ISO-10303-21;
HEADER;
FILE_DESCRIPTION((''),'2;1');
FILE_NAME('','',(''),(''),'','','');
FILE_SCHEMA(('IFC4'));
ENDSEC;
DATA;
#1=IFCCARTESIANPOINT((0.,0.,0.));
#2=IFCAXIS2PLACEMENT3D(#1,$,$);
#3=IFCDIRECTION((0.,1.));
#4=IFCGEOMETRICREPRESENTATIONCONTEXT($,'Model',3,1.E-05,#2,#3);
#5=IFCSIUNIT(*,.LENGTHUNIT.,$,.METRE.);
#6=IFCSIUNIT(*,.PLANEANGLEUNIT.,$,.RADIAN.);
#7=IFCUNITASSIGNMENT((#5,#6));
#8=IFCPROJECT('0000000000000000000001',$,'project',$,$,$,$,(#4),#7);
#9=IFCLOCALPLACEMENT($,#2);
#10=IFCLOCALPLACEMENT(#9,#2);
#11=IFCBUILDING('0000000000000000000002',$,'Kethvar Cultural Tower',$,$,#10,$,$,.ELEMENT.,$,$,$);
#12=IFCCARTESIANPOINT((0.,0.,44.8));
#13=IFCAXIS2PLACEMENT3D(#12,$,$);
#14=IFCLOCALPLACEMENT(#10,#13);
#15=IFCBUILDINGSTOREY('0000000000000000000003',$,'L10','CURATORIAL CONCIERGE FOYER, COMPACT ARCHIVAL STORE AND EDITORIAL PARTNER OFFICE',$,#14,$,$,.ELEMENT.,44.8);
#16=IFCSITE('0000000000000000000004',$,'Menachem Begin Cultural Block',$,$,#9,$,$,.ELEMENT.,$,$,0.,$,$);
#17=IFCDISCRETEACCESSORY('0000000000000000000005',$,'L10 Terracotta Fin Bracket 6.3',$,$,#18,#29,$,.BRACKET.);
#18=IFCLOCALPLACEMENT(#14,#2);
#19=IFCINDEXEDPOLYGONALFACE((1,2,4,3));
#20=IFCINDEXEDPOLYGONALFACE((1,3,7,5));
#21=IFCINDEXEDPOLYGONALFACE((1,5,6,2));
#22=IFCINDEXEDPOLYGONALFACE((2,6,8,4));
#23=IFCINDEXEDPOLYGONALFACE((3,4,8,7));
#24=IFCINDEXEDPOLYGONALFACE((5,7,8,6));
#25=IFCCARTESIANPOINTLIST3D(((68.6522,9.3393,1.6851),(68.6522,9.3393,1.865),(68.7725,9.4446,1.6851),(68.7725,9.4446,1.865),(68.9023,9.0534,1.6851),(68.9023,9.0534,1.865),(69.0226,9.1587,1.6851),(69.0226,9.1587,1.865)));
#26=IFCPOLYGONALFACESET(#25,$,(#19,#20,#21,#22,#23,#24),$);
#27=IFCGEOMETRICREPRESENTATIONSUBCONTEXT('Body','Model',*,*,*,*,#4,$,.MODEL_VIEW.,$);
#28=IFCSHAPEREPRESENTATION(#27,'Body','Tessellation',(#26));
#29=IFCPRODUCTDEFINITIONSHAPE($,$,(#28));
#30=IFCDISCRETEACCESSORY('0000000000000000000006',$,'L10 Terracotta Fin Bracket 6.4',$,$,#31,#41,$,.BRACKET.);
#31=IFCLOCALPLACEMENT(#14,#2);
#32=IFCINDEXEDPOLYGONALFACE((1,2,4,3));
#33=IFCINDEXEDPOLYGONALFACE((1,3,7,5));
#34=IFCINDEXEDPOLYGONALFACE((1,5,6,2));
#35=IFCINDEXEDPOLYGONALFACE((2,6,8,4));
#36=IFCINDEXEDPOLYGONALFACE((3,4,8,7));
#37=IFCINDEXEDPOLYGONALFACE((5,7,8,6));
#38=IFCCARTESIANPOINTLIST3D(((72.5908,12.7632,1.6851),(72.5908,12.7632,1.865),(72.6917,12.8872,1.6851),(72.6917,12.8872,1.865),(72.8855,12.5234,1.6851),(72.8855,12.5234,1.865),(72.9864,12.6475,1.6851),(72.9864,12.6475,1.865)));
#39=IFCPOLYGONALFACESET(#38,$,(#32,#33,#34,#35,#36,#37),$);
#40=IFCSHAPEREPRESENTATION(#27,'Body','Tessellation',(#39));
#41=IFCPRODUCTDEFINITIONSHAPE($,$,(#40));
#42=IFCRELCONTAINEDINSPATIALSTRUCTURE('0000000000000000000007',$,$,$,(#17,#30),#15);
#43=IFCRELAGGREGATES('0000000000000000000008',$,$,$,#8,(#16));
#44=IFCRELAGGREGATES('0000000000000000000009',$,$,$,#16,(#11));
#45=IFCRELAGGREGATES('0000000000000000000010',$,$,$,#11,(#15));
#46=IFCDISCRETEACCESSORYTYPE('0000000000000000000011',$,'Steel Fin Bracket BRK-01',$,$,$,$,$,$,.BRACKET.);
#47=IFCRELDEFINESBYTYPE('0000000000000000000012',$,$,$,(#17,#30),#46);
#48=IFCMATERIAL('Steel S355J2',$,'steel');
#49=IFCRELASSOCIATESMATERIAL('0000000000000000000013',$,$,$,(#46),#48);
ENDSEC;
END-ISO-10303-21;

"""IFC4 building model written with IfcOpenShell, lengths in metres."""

from ifc_helpers import new_model, si_unit, direction, frame, origin, origin_2d, place, context, subcontext, project, spatial, rectangle, extrude, source, transform, mapped, material, type_object, element, save


model = new_model("IFC4")

# Units and contexts
model_context = context("Model", 3, precision=1e-05, world=origin(), true_north=direction((0.0, 1.0)))
body_context = subcontext(model_context, "Body", "Model", "MODEL_VIEW")
ifc_project = project(units=[si_unit("LENGTHUNIT", "METRE"), si_unit("PLANEANGLEUNIT", "RADIAN")], contexts=[model_context])

# Site, building, storey
site_placement = place(None, origin())
site = spatial("IfcSite", under=ifc_project, at=site_placement, Name="Menachem Begin Cultural Block", CompositionType="ELEMENT", RefElevation=0.0)
building_placement = place(site_placement, origin())
building = spatial("IfcBuilding", under=site, at=building_placement, Name="Kethvar Cultural Tower", CompositionType="ELEMENT")
storey_placement = place(building_placement, frame((0.0, 0.0, 44.8)))
storey = spatial("IfcBuildingStorey", under=building, at=storey_placement, Name="L10", Description="CURATORIAL CONCIERGE FOYER, COMPACT ARCHIVAL STORE AND EDITORIAL PARTNER OFFICE", CompositionType="ELEMENT", Elevation=44.8)

# Shared definitions
ifc_material_1 = material(Name="Steel S355J2", Category="steel")

# Discrete accessories
discrete_accessory_type = type_object("IfcDiscreteAccessoryType", Name="Steel Fin Bracket BRK-01", PredefinedType="BRACKET", material=ifc_material_1)
shared_shape_1 = source(origin(), body_context, "Body", "SweptSolid", [
    extrude(rectangle(XDim=0.3799, YDim=0.1599, at=origin_2d()), origin(), (0.0, 0.0, 1.0), 0.1799),
])
for number, where, z_axis, x_axis, name in (
    (1, (68.8374, 9.249, 1.6851), (0.0, 0.0, 1.0), (0.658427, -0.752645, 0.0), "L10 Terracotta Fin Bracket 6.3"),
    (2, (72.7886, 12.7053, 1.6851), (0.0, 0.0, 1.0), (0.775716, -0.631082, 0.0), "L10 Terracotta Fin Bracket 6.4"),
):
    element("IfcDiscreteAccessory", number, at=place(storey_placement, frame(where, z_axis=z_axis, x_axis=x_axis)), inside=storey, type_object=discrete_accessory_type, Name=name, PredefinedType="BRACKET", context=body_context, shape_type="MappedRepresentation", body=[
        mapped(shared_shape_1, transform((0.0, 0.0, 0.0), scale=1.0)),
    ])

save(model, "model.ifc")
